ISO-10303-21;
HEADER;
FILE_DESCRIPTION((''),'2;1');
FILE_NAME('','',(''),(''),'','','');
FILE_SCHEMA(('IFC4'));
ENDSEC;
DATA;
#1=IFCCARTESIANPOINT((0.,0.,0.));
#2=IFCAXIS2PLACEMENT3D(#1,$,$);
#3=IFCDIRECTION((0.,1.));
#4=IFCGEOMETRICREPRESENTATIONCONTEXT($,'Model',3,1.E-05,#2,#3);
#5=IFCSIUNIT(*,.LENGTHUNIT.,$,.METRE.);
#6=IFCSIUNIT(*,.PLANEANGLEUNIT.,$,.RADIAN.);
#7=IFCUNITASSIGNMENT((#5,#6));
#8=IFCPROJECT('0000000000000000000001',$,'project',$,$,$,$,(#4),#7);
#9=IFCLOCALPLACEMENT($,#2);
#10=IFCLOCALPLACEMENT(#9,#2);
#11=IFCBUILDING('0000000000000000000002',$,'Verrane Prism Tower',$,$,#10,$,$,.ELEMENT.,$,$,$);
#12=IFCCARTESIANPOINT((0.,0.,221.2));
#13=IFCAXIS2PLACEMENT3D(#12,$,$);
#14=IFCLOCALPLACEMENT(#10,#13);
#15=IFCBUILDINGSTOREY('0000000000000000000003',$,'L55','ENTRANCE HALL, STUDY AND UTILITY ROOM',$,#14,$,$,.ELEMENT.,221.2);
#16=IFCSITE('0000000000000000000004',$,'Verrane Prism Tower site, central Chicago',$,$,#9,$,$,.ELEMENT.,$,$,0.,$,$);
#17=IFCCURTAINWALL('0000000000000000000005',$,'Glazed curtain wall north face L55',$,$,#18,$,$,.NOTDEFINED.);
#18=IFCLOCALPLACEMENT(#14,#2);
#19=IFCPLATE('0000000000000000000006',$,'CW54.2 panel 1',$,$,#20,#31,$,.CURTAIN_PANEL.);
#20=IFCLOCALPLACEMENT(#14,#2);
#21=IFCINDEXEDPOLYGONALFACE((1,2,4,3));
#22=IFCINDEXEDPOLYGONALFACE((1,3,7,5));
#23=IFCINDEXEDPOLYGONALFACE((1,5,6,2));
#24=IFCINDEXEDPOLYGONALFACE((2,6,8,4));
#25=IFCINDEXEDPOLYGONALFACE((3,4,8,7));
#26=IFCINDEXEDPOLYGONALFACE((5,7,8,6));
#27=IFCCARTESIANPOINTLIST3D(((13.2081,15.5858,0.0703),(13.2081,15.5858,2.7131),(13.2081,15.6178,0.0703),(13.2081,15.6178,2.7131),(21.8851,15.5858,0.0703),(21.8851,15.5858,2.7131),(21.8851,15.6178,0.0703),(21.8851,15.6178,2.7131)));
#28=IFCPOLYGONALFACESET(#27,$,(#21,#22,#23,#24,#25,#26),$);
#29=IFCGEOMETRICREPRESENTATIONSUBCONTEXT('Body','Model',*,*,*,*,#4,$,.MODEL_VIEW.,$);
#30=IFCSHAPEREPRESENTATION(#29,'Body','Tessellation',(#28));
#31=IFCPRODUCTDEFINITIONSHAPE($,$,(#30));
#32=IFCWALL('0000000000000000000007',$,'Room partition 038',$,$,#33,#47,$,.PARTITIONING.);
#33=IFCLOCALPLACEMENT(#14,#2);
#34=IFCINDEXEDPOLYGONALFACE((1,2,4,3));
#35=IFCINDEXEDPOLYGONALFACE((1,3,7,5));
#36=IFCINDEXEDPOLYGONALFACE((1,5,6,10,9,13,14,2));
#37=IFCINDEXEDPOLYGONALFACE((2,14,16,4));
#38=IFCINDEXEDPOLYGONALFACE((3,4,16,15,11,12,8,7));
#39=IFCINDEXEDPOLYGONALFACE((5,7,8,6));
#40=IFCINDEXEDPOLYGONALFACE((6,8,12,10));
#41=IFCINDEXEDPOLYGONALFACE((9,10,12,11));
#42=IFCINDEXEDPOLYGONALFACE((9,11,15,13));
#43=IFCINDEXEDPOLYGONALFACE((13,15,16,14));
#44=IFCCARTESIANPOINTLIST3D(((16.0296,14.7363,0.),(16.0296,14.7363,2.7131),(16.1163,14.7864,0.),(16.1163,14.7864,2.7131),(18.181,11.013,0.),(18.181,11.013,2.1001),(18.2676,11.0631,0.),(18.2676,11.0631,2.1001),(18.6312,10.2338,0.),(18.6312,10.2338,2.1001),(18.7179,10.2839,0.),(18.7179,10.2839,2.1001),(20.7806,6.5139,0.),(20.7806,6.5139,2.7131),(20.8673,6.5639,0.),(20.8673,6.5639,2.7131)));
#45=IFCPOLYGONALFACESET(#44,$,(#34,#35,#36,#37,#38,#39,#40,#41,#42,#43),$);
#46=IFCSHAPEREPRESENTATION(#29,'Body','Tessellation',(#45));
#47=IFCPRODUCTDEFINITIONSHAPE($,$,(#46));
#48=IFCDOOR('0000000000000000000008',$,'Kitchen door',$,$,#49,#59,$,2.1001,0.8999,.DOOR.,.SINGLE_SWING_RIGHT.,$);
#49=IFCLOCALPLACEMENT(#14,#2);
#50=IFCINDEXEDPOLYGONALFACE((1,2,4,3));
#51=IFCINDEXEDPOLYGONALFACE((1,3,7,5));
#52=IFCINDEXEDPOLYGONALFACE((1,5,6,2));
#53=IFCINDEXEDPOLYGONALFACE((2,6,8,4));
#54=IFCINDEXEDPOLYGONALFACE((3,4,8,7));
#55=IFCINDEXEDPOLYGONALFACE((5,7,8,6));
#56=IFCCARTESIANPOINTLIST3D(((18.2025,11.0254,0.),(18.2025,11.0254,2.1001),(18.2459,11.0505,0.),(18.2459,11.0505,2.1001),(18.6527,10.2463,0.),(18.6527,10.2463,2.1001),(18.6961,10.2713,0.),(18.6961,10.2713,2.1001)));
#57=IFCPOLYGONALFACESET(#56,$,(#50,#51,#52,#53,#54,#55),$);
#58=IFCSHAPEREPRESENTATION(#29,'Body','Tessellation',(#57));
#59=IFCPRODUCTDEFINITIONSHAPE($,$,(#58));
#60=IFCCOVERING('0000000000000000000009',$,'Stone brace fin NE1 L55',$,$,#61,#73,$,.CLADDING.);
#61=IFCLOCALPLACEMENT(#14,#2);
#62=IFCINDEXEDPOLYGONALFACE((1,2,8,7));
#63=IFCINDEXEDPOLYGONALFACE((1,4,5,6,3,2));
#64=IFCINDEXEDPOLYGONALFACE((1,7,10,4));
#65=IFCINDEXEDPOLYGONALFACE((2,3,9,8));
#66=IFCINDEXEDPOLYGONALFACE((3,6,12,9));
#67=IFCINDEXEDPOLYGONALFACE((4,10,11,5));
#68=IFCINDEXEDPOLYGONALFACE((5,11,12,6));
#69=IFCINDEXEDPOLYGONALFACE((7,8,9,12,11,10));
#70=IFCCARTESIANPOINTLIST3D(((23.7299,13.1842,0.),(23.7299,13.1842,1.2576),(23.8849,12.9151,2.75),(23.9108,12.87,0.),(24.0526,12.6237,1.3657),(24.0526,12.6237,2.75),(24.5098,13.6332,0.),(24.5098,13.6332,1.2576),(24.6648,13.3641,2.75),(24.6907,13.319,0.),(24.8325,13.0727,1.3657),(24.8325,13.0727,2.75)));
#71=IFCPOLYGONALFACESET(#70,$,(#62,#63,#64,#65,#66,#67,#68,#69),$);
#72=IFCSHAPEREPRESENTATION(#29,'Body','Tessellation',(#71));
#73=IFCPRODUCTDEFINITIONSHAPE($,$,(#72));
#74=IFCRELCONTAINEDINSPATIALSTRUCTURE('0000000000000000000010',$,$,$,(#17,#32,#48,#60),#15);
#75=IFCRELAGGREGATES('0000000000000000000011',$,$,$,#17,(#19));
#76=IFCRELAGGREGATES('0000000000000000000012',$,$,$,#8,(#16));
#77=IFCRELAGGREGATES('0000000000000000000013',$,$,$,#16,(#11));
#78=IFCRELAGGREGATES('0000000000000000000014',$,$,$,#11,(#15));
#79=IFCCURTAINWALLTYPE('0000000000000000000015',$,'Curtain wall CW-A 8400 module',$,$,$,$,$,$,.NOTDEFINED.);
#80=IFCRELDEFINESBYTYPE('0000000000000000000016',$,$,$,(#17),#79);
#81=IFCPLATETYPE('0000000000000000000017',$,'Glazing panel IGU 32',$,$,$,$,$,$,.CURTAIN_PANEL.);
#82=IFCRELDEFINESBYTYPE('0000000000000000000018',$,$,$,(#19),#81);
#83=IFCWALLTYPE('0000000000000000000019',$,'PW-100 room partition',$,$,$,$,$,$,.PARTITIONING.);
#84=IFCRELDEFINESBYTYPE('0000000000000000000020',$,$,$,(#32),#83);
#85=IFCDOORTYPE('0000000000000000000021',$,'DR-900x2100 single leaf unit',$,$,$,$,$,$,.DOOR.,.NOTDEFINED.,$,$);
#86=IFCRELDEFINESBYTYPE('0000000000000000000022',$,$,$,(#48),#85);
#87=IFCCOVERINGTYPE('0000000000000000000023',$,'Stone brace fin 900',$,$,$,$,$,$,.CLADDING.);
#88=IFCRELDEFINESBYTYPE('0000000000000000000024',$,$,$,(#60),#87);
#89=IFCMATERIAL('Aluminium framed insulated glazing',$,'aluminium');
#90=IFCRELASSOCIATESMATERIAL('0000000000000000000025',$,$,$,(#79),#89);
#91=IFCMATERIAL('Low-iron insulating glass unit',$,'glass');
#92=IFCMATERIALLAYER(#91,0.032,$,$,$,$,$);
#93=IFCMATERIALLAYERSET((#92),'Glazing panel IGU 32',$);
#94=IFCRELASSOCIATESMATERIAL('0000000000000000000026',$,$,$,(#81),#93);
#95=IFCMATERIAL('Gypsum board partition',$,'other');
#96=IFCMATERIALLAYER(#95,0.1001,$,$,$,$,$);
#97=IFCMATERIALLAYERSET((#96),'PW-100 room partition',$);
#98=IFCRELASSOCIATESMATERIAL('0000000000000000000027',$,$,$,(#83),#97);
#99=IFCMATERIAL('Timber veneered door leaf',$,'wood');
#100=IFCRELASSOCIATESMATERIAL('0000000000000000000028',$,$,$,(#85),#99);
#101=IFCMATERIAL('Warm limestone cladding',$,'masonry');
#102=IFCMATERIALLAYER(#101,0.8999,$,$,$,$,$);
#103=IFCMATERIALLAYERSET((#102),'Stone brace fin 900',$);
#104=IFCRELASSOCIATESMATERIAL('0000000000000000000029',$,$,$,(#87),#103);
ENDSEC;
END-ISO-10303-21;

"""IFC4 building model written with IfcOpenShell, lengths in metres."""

from ifc_helpers import new_model, si_unit, direction, frame, frame_2d, origin, origin_2d, place, context, subcontext, project, spatial, polyline, rectangle, outline, extrude, material, layer, layer_set, type_object, element, fill, aggregate, save


model = new_model("IFC4")

# Units and contexts
model_context = context("Model", 3, precision=1e-05, world=origin(), true_north=direction((0.0, 1.0)))
body_context = subcontext(model_context, "Body", "Model", "MODEL_VIEW")
ifc_project = project(units=[si_unit("LENGTHUNIT", "METRE"), si_unit("PLANEANGLEUNIT", "RADIAN")], contexts=[model_context])

# Site, building, storey
site_placement = place(None, origin())
site = spatial("IfcSite", under=ifc_project, at=site_placement, Name="Verrane Prism Tower site, central Chicago", CompositionType="ELEMENT", RefElevation=0.0)
building_placement = place(site_placement, origin())
building = spatial("IfcBuilding", under=site, at=building_placement, Name="Verrane Prism Tower", CompositionType="ELEMENT")
storey_placement = place(building_placement, frame((0.0, 0.0, 221.2)))
storey = spatial("IfcBuildingStorey", under=building, at=storey_placement, Name="L55", Description="ENTRANCE HALL, STUDY AND UTILITY ROOM", CompositionType="ELEMENT", Elevation=221.2)

# Curtain wall
ifc_material_1 = material(Name="Aluminium framed insulated glazing", Category="aluminium")
curtain_wall_type_1 = type_object("IfcCurtainWallType", Name="Curtain wall CW-A 8400 module", PredefinedType="NOTDEFINED", material=ifc_material_1)
curtain_wall_1_placement = place(storey_placement, origin())
curtain_wall_1 = element("IfcCurtainWall", 1, at=curtain_wall_1_placement, inside=storey, type_object=curtain_wall_type_1, Name="Glazed curtain wall north face L55", PredefinedType="NOTDEFINED")

# Plate
ifc_material_2 = material(Name="Low-iron insulating glass unit", Category="glass")
ifc_layer_1 = layer(ifc_material_2, 0.032)
ifc_layer_set_1 = layer_set([ifc_layer_1], Name="Glazing panel IGU 32")
plate_type_1 = type_object("IfcPlateType", Name="Glazing panel IGU 32", PredefinedType="CURTAIN_PANEL", material=ifc_layer_set_1)
plate_1_placement = place(storey_placement, frame((17.5466, 15.6018, 0.0703), z_axis=(0.0, 0.0, 1.0), x_axis=(-1.0, 0.0, 0.0)))
plate_1 = element("IfcPlate", 2, at=plate_1_placement, type_object=plate_type_1, Name="CW54.2 panel 1", PredefinedType="CURTAIN_PANEL", context=body_context, shape_type="SweptSolid", body=[
    extrude(rectangle(XDim=8.677, YDim=0.032, at=origin_2d()), origin(), (0.0, 0.0, 1.0), 2.6428),
])
aggregate(curtain_wall_1, [plate_1])

# Wall, opening, door
ifc_material_3 = material(Name="Gypsum board partition", Category="other")
ifc_layer_2 = layer(ifc_material_3, 0.1001)
ifc_layer_set_2 = layer_set([ifc_layer_2], Name="PW-100 room partition")
wall_type = type_object("IfcWallType", Name="PW-100 room partition", PredefinedType="PARTITIONING", material=ifc_layer_set_2)
wall_placement = place(storey_placement, frame((16.073, 14.7612, 0.0), z_axis=(0.0, 0.0, 1.0), x_axis=(0.500297, -0.865854, 0.0)))
wall = element("IfcWall", 3, at=wall_placement, inside=storey, type_object=wall_type, Name="Room partition 038", PredefinedType="PARTITIONING", context=body_context, shape_type="SweptSolid", body=[
    extrude(rectangle(XDim=9.4963, YDim=0.1001, at=frame_2d((4.748, 0.0))), origin(), (0.0, 0.0, 1.0), 2.7131),
])
opening_placement = place(wall_placement, frame((4.3, 0.0, 0.0)))
opening = element("IfcOpeningElement", 4, at=opening_placement, cuts=wall, PredefinedType="OPENING", context=body_context, shape_type="SweptSolid", body=[
    extrude(rectangle(XDim=0.8999, YDim=2.1001, at=frame_2d((0.45, 1.05))), frame((0.0, 0.0601, 0.0), z_axis=(0.0, -1.0, 0.0), x_axis=(1.0, 0.0, 0.0)), (0.0, 0.0, 1.0), 0.1201),
])
ifc_material_4 = material(Name="Timber veneered door leaf", Category="wood")
door_type = type_object("IfcDoorType", Name="DR-900x2100 single leaf unit", OperationType="NOTDEFINED", PredefinedType="DOOR", material=ifc_material_4)
door_placement = place(opening_placement, origin())
door = element("IfcDoor", 5, at=door_placement, inside=storey, type_object=door_type, Name="Kitchen door", OperationType="SINGLE_SWING_RIGHT", OverallHeight=2.1001, OverallWidth=0.8999, PredefinedType="DOOR", context=body_context, shape_type="SweptSolid", body=[
    extrude(rectangle(XDim=0.8999, YDim=2.1001, at=frame_2d((0.45, 1.05))), frame((0.0, 0.0249, 0.0), z_axis=(0.0, -1.0, 0.0), x_axis=(1.0, 0.0, 0.0)), (0.0, 0.0, 1.0), 0.05),
])
fill(opening, door)

# Covering
ifc_material_5 = material(Name="Warm limestone cladding", Category="masonry")
ifc_layer_3 = layer(ifc_material_5, 0.8999)
ifc_layer_set_3 = layer_set([ifc_layer_3], Name="Stone brace fin 900")
covering_type = type_object("IfcCoveringType", Name="Stone brace fin 900", PredefinedType="CLADDING", material=ifc_layer_set_3)
covering_placement = place(storey_placement, frame((24.1199, 13.4087, 0.0), z_axis=(0.0, 0.0, 1.0), x_axis=(0.498982, -0.866613, 0.0)))
element("IfcCovering", 6, at=covering_placement, inside=storey, type_object=covering_type, Name="Stone brace fin NE1 L55", PredefinedType="CLADDING", context=body_context, shape_type="SweptSolid", body=[
    extrude(outline(polyline([(0.6467, 2.75), (0.3105, 2.75), (0.0, 1.2576), (0.0, 0.0), (0.3625, 0.0), (0.6467, 1.3657), (0.6467, 2.75)])), frame((0.0, 0.45, 0.0), z_axis=(0.0, -1.0, 0.0), x_axis=(1.0, 0.0, 0.0)), (0.0, 0.0, 1.0), 0.8999),
])

save(model, "model.ifc")
